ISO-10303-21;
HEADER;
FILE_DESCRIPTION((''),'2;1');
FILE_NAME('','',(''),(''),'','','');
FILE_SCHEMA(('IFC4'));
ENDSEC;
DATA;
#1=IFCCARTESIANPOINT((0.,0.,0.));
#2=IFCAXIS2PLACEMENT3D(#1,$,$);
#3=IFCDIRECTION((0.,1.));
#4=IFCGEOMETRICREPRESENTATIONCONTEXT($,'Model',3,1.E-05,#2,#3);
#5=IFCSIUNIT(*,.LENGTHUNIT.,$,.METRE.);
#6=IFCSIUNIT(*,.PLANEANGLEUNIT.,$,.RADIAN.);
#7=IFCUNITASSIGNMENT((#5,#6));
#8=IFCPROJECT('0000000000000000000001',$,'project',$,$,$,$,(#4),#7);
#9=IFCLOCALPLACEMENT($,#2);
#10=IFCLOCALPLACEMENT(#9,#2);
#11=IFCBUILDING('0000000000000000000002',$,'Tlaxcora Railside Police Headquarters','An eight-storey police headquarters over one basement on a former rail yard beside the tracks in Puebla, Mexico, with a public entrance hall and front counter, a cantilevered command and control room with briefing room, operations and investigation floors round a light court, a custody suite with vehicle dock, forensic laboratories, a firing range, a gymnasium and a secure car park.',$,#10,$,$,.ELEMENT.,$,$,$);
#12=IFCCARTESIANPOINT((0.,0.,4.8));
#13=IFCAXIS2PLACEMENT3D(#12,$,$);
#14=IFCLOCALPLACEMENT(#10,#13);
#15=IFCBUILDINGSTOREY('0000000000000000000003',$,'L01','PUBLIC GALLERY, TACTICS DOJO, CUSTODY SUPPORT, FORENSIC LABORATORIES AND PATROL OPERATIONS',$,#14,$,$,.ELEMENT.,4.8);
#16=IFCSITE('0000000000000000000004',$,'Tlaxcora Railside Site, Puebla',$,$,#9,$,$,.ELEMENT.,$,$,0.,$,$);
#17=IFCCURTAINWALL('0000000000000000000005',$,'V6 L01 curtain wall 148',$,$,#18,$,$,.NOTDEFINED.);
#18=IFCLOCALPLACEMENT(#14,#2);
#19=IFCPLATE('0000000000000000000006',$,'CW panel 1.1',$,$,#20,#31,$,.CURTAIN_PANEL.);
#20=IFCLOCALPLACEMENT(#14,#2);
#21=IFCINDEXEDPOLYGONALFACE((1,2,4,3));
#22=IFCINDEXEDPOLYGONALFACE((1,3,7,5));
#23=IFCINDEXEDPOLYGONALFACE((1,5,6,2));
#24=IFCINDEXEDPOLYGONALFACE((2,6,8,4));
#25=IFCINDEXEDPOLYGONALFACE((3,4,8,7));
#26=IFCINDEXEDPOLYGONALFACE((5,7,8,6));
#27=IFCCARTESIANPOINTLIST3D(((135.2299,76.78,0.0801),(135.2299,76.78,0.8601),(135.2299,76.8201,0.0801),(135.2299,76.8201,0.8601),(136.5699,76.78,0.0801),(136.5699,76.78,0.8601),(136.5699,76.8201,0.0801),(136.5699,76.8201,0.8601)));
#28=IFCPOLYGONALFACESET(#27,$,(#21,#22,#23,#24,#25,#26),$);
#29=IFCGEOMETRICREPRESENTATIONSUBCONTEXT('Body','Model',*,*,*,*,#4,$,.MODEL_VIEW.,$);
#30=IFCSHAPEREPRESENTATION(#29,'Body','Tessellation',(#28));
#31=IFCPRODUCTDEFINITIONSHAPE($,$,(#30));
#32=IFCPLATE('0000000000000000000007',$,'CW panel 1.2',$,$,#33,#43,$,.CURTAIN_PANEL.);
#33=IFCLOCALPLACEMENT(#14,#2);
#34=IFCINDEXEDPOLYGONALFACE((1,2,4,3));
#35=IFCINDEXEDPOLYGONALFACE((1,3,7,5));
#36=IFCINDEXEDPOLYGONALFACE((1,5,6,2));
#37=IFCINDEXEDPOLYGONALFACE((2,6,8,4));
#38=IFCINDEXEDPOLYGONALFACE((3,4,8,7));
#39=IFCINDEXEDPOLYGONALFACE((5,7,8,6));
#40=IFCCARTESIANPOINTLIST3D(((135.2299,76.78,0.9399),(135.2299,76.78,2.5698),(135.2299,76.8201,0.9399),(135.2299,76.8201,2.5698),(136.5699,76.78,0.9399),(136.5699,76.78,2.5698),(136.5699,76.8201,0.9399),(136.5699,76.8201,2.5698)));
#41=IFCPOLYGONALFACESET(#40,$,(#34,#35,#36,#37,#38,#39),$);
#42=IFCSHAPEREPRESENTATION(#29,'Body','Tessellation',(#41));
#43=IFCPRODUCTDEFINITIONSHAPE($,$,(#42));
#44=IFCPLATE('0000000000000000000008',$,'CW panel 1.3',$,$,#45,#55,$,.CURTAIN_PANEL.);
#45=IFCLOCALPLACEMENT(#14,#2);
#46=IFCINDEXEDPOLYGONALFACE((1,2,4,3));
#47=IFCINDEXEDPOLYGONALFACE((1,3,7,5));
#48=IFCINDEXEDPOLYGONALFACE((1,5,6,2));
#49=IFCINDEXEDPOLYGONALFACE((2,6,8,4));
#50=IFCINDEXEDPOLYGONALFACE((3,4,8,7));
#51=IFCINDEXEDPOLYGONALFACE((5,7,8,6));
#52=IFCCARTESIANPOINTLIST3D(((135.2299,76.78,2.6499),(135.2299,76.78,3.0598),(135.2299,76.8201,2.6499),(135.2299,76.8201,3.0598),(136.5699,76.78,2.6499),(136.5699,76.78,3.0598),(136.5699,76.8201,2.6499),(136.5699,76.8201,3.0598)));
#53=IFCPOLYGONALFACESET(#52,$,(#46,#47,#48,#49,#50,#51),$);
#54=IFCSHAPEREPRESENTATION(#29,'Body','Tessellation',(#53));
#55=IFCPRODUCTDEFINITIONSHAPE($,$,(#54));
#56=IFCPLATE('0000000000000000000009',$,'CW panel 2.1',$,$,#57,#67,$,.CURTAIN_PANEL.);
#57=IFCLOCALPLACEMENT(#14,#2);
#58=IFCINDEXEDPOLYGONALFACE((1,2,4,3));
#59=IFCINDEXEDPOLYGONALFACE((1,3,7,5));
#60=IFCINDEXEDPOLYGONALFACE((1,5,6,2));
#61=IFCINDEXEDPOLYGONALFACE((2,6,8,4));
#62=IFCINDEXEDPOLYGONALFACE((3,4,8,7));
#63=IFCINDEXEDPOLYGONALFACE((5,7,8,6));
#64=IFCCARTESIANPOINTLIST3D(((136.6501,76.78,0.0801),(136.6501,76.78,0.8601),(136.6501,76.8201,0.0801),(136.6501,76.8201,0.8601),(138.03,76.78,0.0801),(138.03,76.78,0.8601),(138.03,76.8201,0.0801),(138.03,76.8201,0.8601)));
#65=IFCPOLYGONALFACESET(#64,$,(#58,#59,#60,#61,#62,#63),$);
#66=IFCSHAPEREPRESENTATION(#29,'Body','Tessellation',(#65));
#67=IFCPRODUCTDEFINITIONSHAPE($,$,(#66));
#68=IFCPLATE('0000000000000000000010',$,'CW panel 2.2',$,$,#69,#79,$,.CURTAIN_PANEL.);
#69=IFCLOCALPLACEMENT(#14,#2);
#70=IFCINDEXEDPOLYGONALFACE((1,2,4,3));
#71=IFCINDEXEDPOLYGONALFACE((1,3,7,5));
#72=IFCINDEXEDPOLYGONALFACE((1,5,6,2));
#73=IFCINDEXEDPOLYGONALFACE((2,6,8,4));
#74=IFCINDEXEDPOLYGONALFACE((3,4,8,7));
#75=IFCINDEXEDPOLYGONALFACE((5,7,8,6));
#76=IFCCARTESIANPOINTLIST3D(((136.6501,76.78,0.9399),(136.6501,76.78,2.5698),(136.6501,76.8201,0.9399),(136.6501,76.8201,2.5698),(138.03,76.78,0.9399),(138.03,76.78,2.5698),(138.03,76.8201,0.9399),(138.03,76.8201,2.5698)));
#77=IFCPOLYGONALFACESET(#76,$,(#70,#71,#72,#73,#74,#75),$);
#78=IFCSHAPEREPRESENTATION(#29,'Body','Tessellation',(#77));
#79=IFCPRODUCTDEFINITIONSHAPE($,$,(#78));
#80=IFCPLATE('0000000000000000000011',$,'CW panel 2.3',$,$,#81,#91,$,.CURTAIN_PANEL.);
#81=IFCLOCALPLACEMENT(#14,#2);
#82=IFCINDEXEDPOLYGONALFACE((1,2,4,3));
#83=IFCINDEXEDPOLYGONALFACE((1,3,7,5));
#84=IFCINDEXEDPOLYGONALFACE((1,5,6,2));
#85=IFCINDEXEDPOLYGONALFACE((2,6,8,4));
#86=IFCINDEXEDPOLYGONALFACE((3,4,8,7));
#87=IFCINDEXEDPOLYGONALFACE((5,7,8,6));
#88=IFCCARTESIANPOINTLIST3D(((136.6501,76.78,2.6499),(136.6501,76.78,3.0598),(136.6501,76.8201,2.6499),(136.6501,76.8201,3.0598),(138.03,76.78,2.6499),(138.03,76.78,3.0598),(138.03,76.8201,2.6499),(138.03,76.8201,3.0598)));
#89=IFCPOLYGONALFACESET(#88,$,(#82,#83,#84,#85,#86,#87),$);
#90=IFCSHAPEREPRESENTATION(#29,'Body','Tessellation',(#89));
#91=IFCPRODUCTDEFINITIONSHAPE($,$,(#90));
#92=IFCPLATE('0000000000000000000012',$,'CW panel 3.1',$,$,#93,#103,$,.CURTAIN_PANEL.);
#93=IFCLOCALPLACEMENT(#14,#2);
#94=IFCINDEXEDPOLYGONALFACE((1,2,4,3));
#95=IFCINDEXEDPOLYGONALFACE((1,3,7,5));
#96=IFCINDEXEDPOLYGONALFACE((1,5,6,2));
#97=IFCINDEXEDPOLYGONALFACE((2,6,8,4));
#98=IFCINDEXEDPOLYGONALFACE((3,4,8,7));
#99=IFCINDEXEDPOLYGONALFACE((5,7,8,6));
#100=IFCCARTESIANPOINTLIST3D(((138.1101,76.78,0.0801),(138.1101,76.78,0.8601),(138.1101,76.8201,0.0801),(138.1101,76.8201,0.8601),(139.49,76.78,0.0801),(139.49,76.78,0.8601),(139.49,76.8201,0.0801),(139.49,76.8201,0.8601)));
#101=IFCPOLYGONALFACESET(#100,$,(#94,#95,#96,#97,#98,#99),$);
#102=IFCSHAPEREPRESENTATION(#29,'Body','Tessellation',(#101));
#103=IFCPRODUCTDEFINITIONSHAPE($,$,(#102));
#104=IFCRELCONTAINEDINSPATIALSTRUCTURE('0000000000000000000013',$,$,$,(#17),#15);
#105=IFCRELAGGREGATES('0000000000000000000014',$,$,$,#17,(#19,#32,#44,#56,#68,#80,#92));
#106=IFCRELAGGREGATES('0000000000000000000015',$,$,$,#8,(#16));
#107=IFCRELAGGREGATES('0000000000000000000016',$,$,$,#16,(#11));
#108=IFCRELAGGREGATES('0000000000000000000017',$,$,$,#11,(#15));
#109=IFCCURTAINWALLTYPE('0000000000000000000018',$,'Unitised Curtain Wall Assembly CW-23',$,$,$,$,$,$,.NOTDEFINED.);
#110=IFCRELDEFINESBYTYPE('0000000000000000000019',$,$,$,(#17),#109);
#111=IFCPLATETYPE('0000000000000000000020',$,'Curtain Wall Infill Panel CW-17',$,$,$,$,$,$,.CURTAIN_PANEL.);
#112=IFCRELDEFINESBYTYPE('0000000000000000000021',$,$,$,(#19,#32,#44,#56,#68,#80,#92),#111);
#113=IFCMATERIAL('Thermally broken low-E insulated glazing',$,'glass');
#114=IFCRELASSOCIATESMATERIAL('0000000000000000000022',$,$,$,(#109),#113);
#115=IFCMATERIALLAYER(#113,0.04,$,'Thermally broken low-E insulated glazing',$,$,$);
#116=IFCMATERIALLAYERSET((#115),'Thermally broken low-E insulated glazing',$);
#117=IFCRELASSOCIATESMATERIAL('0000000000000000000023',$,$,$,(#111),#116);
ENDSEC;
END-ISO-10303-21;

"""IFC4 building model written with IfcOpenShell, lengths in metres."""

from ifc_helpers import new_model, si_unit, direction, frame, origin, origin_2d, place, context, subcontext, project, spatial, rectangle, extrude, material, layer, layer_set, type_object, element, aggregate, save


model = new_model("IFC4")

# Units and contexts
model_context = context("Model", 3, precision=1e-05, world=origin(), true_north=direction((0.0, 1.0)))
body_context = subcontext(model_context, "Body", "Model", "MODEL_VIEW")
ifc_project = project(units=[si_unit("LENGTHUNIT", "METRE"), si_unit("PLANEANGLEUNIT", "RADIAN")], contexts=[model_context])

# Site, building, storey
site_placement = place(None, origin())
site = spatial("IfcSite", under=ifc_project, at=site_placement, Name="Tlaxcora Railside Site, Puebla", CompositionType="ELEMENT", RefElevation=0.0)
building_placement = place(site_placement, origin())
building = spatial("IfcBuilding", under=site, at=building_placement, Name="Tlaxcora Railside Police Headquarters", Description="An eight-storey police headquarters over one basement on a former rail yard beside the tracks in Puebla, Mexico, with a public entrance hall and front counter, a cantilevered command and control room with briefing room, operations and investigation floors round a light court, a custody suite with vehicle dock, forensic laboratories, a firing range, a gymnasium and a secure car park.", CompositionType="ELEMENT")
storey_placement = place(building_placement, frame((0.0, 0.0, 4.8)))
storey = spatial("IfcBuildingStorey", under=building, at=storey_placement, Name="L01", Description="PUBLIC GALLERY, TACTICS DOJO, CUSTODY SUPPORT, FORENSIC LABORATORIES AND PATROL OPERATIONS", CompositionType="ELEMENT", Elevation=4.8)

# Curtain wall, plates
ifc_material_1 = material(Name="Thermally broken low-E insulated glazing", Category="glass")
curtain_wall_type = type_object("IfcCurtainWallType", Name="Unitised Curtain Wall Assembly CW-23", PredefinedType="NOTDEFINED", material=ifc_material_1)
curtain_wall_placement = place(storey_placement, origin())
curtain_wall = element("IfcCurtainWall", 1, at=curtain_wall_placement, inside=storey, type_object=curtain_wall_type, Name="V6 L01 curtain wall 148", PredefinedType="NOTDEFINED")
ifc_layer = layer(ifc_material_1, 0.04, Name="Thermally broken low-E insulated glazing")
ifc_layer_set = layer_set([ifc_layer], Name="Thermally broken low-E insulated glazing")
plate_type = type_object("IfcPlateType", Name="Curtain Wall Infill Panel CW-17", PredefinedType="CURTAIN_PANEL", material=ifc_layer_set)
plate_1_placement = place(storey_placement, frame((135.8999, 76.8, 0.0801), z_axis=(0.0, 0.0, 1.0), x_axis=(1.0, 0.0, 0.0)))
plate_1 = element("IfcPlate", 2, at=plate_1_placement, type_object=plate_type, Name="CW panel 1.1", PredefinedType="CURTAIN_PANEL", context=body_context, shape_type="SweptSolid", body=[
    extrude(rectangle(XDim=1.3401, YDim=0.04, at=origin_2d()), origin(), (0.0, 0.0, 1.0), 0.78),
])
plate_2_placement = place(storey_placement, frame((135.8999, 76.8, 0.9399), z_axis=(0.0, 0.0, 1.0), x_axis=(1.0, 0.0, 0.0)))
plate_2 = element("IfcPlate", 3, at=plate_2_placement, type_object=plate_type, Name="CW panel 1.2", PredefinedType="CURTAIN_PANEL", context=body_context, shape_type="SweptSolid", body=[
    extrude(rectangle(XDim=1.3401, YDim=0.04, at=origin_2d()), origin(), (0.0, 0.0, 1.0), 1.6299),
])
plate_3_placement = place(storey_placement, frame((135.8999, 76.8, 2.6499), z_axis=(0.0, 0.0, 1.0), x_axis=(1.0, 0.0, 0.0)))
plate_3 = element("IfcPlate", 4, at=plate_3_placement, type_object=plate_type, Name="CW panel 1.3", PredefinedType="CURTAIN_PANEL", context=body_context, shape_type="SweptSolid", body=[
    extrude(rectangle(XDim=1.3401, YDim=0.04, at=origin_2d()), origin(), (0.0, 0.0, 1.0), 0.4099),
])
plate_4_placement = place(storey_placement, frame((137.3401, 76.8, 0.0801), z_axis=(0.0, 0.0, 1.0), x_axis=(1.0, 0.0, 0.0)))
plate_4 = element("IfcPlate", 5, at=plate_4_placement, type_object=plate_type, Name="CW panel 2.1", PredefinedType="CURTAIN_PANEL", context=body_context, shape_type="SweptSolid", body=[
    extrude(rectangle(XDim=1.3799, YDim=0.04, at=origin_2d()), origin(), (0.0, 0.0, 1.0), 0.78),
])
plate_5_placement = place(storey_placement, frame((137.3401, 76.8, 0.9399), z_axis=(0.0, 0.0, 1.0), x_axis=(1.0, 0.0, 0.0)))
plate_5 = element("IfcPlate", 6, at=plate_5_placement, type_object=plate_type, Name="CW panel 2.2", PredefinedType="CURTAIN_PANEL", context=body_context, shape_type="SweptSolid", body=[
    extrude(rectangle(XDim=1.3799, YDim=0.04, at=origin_2d()), origin(), (0.0, 0.0, 1.0), 1.6299),
])
plate_6_placement = place(storey_placement, frame((137.3401, 76.8, 2.6499), z_axis=(0.0, 0.0, 1.0), x_axis=(1.0, 0.0, 0.0)))
plate_6 = element("IfcPlate", 7, at=plate_6_placement, type_object=plate_type, Name="CW panel 2.3", PredefinedType="CURTAIN_PANEL", context=body_context, shape_type="SweptSolid", body=[
    extrude(rectangle(XDim=1.3799, YDim=0.04, at=origin_2d()), origin(), (0.0, 0.0, 1.0), 0.4099),
])
plate_7_placement = place(storey_placement, frame((138.8, 76.8, 0.0801), z_axis=(0.0, 0.0, 1.0), x_axis=(1.0, 0.0, 0.0)))
plate_7 = element("IfcPlate", 8, at=plate_7_placement, type_object=plate_type, Name="CW panel 3.1", PredefinedType="CURTAIN_PANEL", context=body_context, shape_type="SweptSolid", body=[
    extrude(rectangle(XDim=1.3799, YDim=0.04, at=origin_2d()), origin(), (0.0, 0.0, 1.0), 0.78),
])
aggregate(curtain_wall, [plate_1, plate_2, plate_3, plate_4, plate_5, plate_6, plate_7])

save(model, "model.ifc")
